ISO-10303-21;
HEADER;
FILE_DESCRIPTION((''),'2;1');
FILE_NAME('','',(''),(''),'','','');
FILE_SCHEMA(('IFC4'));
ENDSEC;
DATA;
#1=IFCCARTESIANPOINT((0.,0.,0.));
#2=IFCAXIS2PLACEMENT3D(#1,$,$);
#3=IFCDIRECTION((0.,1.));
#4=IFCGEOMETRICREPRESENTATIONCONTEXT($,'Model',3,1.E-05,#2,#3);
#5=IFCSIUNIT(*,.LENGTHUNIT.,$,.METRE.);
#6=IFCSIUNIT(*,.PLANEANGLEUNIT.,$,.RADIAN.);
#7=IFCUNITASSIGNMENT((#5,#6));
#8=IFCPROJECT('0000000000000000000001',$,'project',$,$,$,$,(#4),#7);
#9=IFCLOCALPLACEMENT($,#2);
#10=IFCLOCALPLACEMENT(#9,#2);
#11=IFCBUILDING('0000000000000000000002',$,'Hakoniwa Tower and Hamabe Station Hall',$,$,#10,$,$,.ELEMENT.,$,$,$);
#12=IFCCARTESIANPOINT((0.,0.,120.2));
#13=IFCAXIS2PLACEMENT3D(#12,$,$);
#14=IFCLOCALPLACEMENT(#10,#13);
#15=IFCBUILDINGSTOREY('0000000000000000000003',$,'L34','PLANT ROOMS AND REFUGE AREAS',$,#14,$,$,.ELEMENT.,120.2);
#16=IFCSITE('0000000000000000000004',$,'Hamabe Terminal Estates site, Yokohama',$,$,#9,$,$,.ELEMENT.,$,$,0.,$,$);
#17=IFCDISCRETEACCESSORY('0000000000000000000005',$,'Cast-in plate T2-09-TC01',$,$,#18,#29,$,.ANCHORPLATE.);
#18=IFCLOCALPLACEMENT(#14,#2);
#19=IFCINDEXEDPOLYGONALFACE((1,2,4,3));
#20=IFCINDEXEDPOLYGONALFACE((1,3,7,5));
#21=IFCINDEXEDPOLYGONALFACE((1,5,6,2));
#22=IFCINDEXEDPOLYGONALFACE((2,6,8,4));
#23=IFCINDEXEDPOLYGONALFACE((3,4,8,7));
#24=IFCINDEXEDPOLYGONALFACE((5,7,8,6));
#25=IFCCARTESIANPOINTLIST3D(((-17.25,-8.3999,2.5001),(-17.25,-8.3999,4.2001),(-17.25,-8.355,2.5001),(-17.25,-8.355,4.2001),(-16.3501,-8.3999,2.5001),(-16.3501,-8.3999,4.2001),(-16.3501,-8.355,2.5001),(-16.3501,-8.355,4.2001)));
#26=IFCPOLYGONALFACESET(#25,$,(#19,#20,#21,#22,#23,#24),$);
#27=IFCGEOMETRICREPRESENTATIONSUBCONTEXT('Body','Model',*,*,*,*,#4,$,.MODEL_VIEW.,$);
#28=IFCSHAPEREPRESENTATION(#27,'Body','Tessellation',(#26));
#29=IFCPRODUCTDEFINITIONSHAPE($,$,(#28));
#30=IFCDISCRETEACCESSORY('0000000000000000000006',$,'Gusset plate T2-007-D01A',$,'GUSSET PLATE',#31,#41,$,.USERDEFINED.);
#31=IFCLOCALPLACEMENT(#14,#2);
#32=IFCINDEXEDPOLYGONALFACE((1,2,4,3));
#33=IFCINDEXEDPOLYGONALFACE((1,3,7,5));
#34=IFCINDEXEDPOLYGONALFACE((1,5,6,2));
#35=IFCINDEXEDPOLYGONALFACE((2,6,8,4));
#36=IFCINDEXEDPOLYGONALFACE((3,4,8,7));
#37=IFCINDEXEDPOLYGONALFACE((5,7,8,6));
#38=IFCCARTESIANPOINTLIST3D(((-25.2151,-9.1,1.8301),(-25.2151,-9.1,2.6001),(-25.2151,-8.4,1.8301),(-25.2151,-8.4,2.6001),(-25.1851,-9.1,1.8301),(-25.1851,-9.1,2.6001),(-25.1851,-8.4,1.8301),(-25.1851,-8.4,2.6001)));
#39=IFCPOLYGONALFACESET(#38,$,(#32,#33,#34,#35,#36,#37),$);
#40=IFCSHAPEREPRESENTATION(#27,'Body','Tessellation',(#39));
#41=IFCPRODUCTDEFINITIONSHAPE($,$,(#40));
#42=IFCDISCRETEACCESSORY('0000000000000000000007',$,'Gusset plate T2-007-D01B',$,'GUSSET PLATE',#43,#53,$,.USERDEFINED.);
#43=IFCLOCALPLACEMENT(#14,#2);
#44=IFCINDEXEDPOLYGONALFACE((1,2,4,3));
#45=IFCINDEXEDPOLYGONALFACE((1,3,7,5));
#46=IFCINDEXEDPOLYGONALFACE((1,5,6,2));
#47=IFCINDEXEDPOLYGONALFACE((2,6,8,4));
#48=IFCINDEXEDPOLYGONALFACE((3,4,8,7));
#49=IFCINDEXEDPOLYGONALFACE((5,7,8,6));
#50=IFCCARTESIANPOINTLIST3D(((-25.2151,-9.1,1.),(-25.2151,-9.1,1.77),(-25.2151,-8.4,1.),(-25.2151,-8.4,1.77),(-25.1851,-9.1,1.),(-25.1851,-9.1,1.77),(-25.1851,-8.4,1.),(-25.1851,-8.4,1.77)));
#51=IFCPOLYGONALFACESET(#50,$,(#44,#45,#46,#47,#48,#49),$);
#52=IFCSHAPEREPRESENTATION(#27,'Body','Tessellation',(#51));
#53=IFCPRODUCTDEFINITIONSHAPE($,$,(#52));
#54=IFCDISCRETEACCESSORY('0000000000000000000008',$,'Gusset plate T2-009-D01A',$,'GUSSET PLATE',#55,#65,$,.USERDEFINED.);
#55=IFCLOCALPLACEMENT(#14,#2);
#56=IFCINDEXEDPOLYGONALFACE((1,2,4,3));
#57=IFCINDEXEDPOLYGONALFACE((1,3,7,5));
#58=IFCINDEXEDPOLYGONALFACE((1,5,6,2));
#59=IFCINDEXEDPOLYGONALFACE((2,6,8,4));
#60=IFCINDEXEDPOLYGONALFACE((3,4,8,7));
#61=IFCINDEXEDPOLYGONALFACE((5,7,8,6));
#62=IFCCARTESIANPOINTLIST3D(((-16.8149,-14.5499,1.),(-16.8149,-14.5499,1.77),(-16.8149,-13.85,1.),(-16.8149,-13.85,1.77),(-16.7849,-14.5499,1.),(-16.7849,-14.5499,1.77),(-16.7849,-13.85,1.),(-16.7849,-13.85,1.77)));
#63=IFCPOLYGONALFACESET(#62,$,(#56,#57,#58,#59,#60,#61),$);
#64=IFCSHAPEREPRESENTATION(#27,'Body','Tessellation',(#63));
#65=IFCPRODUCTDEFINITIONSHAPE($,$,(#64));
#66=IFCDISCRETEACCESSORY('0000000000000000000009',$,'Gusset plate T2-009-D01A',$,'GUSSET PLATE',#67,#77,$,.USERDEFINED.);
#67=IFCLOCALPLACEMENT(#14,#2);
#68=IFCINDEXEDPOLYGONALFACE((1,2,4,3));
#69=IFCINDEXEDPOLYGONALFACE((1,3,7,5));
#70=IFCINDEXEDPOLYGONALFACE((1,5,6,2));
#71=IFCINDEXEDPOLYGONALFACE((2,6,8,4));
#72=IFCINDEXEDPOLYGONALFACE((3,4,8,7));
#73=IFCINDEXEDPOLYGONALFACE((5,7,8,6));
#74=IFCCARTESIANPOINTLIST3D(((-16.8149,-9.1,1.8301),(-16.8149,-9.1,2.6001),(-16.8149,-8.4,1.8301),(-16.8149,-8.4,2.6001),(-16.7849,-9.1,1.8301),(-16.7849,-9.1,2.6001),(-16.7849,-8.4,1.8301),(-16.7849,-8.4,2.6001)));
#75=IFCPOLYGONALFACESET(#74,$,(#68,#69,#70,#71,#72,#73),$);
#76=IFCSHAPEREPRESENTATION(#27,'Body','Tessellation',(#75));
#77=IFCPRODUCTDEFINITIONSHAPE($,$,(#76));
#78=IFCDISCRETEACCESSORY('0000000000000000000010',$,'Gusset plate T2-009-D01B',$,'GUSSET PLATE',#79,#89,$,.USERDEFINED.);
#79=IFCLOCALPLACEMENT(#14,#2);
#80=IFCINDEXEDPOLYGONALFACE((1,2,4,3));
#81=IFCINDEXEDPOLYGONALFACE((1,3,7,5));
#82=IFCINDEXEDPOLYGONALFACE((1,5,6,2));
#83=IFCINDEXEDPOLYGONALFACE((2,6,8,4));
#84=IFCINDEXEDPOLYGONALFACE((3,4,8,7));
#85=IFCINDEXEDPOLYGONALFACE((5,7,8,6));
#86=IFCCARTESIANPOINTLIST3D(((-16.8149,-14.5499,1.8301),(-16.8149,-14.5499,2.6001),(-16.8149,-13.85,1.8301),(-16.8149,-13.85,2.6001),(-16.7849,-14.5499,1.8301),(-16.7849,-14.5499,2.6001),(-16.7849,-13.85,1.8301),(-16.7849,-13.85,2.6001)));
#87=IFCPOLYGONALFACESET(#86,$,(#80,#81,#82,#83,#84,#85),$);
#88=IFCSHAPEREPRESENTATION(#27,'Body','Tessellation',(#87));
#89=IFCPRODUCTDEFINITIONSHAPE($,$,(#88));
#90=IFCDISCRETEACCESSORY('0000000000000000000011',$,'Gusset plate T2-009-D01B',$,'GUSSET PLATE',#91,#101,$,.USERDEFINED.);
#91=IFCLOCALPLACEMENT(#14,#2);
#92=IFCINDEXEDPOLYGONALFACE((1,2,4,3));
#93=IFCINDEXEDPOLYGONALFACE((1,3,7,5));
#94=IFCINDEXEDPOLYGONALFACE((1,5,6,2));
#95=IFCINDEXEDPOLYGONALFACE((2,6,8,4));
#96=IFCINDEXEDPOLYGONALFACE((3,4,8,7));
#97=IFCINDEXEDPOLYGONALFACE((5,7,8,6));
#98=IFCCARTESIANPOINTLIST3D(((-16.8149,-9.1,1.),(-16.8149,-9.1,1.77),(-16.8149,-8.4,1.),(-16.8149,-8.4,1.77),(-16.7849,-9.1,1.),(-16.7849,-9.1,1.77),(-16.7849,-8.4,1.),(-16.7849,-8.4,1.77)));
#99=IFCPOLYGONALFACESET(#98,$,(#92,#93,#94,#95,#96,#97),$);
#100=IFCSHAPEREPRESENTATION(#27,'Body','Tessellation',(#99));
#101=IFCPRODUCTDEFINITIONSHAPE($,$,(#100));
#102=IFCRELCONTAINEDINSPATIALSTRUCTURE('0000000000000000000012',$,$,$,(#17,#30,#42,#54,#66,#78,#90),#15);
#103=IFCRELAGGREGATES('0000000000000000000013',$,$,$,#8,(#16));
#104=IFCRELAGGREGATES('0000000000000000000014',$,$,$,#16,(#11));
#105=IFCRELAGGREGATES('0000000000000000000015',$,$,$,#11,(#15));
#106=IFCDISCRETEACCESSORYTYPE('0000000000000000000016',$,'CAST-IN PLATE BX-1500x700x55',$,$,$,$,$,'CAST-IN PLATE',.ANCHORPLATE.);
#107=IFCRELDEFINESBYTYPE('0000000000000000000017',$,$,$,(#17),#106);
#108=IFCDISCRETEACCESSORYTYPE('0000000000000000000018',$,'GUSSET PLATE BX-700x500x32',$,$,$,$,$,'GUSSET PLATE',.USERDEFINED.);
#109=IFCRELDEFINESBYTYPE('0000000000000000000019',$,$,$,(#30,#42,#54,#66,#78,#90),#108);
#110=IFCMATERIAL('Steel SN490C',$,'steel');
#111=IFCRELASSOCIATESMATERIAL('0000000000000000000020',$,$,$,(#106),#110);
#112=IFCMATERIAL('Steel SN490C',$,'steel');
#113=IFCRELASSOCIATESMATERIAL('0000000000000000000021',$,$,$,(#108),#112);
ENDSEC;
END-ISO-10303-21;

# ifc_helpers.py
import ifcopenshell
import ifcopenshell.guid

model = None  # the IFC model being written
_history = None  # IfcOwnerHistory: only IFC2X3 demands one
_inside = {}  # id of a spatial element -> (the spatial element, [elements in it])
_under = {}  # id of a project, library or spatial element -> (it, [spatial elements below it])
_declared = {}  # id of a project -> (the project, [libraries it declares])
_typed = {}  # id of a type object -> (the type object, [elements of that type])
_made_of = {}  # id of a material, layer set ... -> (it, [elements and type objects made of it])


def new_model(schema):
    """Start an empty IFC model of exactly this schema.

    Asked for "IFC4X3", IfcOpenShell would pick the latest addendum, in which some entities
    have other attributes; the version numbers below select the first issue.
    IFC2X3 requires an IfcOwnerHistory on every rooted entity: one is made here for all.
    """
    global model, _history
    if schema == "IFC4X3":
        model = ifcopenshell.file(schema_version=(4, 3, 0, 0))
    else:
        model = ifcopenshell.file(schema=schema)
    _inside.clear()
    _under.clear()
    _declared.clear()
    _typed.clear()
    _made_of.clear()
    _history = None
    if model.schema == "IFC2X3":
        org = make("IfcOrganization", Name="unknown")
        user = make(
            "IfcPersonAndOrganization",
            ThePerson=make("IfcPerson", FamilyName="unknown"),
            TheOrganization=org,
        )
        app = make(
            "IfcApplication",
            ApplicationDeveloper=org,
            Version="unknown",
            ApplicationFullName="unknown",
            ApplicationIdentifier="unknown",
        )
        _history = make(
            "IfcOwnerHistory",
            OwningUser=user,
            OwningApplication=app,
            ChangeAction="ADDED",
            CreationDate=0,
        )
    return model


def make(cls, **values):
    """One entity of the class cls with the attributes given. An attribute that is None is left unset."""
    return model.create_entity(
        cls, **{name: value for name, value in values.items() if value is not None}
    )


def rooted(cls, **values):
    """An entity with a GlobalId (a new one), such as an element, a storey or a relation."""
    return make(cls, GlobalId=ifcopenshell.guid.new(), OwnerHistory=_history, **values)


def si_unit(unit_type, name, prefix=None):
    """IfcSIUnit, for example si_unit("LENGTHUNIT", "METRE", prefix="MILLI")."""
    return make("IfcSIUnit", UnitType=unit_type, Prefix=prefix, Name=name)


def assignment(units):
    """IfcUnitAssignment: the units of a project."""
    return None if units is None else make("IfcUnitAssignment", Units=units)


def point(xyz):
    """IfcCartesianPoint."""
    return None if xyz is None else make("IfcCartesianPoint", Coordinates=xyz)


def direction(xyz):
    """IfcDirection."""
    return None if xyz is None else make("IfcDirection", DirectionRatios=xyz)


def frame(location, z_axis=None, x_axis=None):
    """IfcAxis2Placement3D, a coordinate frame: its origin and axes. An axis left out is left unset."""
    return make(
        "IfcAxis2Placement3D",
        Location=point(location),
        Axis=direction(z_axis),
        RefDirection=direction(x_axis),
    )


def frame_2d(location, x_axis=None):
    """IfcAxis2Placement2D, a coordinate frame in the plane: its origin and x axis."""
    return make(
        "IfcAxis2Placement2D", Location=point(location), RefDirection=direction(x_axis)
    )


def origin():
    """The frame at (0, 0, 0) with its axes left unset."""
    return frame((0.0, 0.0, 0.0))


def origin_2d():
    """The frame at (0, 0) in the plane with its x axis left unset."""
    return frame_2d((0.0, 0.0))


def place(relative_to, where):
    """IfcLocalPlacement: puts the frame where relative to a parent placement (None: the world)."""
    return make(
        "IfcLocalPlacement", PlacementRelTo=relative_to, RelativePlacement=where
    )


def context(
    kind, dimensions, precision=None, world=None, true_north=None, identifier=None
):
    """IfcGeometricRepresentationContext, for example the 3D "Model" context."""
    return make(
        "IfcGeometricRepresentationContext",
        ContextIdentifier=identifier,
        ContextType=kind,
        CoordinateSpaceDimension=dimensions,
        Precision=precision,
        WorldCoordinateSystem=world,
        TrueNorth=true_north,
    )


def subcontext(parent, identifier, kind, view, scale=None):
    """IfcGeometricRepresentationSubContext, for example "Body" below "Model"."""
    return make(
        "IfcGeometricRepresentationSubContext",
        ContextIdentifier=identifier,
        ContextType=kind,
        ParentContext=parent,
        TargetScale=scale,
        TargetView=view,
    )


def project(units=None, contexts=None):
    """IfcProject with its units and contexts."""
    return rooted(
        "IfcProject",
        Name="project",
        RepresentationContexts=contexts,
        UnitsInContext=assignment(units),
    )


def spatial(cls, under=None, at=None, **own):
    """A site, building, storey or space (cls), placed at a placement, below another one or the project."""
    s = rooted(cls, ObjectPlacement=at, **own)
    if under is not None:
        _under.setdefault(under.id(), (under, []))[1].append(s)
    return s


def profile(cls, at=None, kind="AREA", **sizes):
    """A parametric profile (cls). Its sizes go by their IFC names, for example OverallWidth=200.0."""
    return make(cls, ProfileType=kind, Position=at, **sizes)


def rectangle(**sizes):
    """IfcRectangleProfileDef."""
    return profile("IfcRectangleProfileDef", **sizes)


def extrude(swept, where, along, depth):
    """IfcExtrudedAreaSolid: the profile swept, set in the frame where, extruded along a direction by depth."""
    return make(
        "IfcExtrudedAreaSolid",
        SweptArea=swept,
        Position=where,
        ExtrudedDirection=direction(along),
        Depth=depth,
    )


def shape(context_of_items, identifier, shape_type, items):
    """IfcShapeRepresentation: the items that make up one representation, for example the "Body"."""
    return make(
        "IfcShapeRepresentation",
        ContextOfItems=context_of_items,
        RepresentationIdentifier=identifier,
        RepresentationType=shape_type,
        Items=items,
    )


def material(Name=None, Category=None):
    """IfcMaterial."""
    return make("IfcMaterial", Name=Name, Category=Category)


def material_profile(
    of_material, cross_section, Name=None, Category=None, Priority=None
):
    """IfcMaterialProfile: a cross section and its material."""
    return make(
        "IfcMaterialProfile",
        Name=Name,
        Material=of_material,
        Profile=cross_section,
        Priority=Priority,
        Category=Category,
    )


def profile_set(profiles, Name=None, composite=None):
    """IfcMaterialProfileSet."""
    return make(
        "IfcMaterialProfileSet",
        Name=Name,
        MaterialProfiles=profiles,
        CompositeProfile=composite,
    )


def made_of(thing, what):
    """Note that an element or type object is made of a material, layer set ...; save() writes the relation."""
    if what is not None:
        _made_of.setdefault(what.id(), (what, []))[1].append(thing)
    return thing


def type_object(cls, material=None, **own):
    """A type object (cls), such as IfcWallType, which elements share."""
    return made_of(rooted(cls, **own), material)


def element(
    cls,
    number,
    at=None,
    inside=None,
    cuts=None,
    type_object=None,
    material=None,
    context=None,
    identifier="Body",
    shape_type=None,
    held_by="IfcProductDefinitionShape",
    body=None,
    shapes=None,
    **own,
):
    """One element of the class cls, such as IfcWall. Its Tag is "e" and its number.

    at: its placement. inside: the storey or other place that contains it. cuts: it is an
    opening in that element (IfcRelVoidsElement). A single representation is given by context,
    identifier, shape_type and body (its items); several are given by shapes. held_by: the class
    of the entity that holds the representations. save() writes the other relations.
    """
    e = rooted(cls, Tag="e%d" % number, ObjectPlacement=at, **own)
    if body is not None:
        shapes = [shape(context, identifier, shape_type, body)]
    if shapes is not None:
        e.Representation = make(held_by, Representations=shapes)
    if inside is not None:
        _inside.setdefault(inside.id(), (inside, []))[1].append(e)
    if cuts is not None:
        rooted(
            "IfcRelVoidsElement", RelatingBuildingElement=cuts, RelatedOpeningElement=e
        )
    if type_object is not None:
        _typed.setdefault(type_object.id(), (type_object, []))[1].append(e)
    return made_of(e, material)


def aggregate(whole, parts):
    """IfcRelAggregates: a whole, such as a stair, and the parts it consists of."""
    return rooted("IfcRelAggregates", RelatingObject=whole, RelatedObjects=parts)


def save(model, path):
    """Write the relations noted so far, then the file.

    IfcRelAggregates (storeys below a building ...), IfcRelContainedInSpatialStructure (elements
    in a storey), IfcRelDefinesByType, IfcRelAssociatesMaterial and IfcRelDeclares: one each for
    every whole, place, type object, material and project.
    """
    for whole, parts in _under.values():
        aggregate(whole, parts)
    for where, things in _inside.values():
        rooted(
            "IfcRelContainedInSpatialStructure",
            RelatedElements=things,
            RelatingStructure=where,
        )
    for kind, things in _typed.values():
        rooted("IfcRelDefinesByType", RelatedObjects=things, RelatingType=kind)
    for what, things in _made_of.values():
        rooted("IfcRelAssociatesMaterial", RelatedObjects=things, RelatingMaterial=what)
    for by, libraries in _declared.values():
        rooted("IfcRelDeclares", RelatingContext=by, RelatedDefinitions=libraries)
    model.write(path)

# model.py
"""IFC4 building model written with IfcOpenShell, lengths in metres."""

from ifc_helpers import new_model, si_unit, direction, frame, origin, origin_2d, place, context, subcontext, project, spatial, rectangle, extrude, material, material_profile, profile_set, type_object, element, save


model = new_model("IFC4")

# Units and contexts
model_context = context("Model", 3, precision=1e-05, world=origin(), true_north=direction((0.0, 1.0)))
body_context = subcontext(model_context, "Body", "Model", "MODEL_VIEW")
ifc_project = project(units=[si_unit("LENGTHUNIT", "METRE"), si_unit("PLANEANGLEUNIT", "RADIAN")], contexts=[model_context])

# Site, building, storey
site_placement = place(None, origin())
site = spatial("IfcSite", under=ifc_project, at=site_placement, Name="Hamabe Terminal Estates site, Yokohama", CompositionType="ELEMENT", RefElevation=0.0)
building_placement = place(site_placement, origin())
building = spatial("IfcBuilding", under=site, at=building_placement, Name="Hakoniwa Tower and Hamabe Station Hall", CompositionType="ELEMENT")
storey_placement = place(building_placement, frame((0.0, 0.0, 120.2)))
storey = spatial("IfcBuildingStorey", under=building, at=storey_placement, Name="L34", Description="PLANT ROOMS AND REFUGE AREAS", CompositionType="ELEMENT", Elevation=120.2)

# Discrete accessories
ifc_material_1 = material(Name="Steel SN490C", Category="steel")
ifc_material_profile_1 = material_profile(ifc_material_1, rectangle(XDim=0.8999, YDim=1.7, at=origin_2d()), Name="CAST-IN PLATE BX-1500x700x55")
ifc_profile_set_1 = profile_set([ifc_material_profile_1], Name="Steel SN490C")
discrete_accessory_type_1 = type_object("IfcDiscreteAccessoryType", Name="CAST-IN PLATE BX-1500x700x55", ElementType="CAST-IN PLATE", PredefinedType="ANCHORPLATE", material=ifc_profile_set_1)
for number, where, z_axis, x_axis, name in (
    (1, (-16.8, -8.355, 3.3501), (0.0, -1.0, 0.0), (1.0, 0.0, 0.0), "Cast-in plate T2-09-TC01"),
):
    element("IfcDiscreteAccessory", number, at=place(storey_placement, frame(where, z_axis=z_axis, x_axis=x_axis)), inside=storey, type_object=discrete_accessory_type_1, Name=name, PredefinedType="ANCHORPLATE", context=body_context, shape_type="SweptSolid", body=[
        extrude(rectangle(XDim=0.8999, YDim=1.7, at=origin_2d()), origin(), (0.0, 0.0, 1.0), 0.0449),
    ])
ifc_material_2 = material(Name="Steel SN490C", Category="steel")
ifc_material_profile_2 = material_profile(ifc_material_2, rectangle(XDim=0.7, YDim=0.77, at=origin_2d()), Name="GUSSET PLATE BX-700x500x32")
ifc_profile_set_2 = profile_set([ifc_material_profile_2], Name="Steel SN490C")
discrete_accessory_type_2 = type_object("IfcDiscreteAccessoryType", Name="GUSSET PLATE BX-700x500x32", ElementType="GUSSET PLATE", PredefinedType="USERDEFINED", material=ifc_profile_set_2)
for number, where, z_axis, x_axis, name in (
    (2, (-25.1851, -8.75, 2.2151), (-1.0, 0.0, 0.0), (0.0, -1.0, 0.0), "Gusset plate T2-007-D01A"),
    (3, (-25.1851, -8.75, 1.385), (-1.0, 0.0, 0.0), (0.0, -1.0, 0.0), "Gusset plate T2-007-D01B"),
    (4, (-16.7849, -14.2, 1.385), (-1.0, 0.0, 0.0), (0.0, -1.0, 0.0), "Gusset plate T2-009-D01A"),
    (5, (-16.7849, -8.75, 2.2151), (-1.0, 0.0, 0.0), (0.0, -1.0, 0.0), "Gusset plate T2-009-D01A"),
    (6, (-16.7849, -14.2, 2.2151), (-1.0, 0.0, 0.0), (0.0, -1.0, 0.0), "Gusset plate T2-009-D01B"),
    (7, (-16.7849, -8.75, 1.385), (-1.0, 0.0, 0.0), (0.0, -1.0, 0.0), "Gusset plate T2-009-D01B"),
):
    element("IfcDiscreteAccessory", number, at=place(storey_placement, frame(where, z_axis=z_axis, x_axis=x_axis)), inside=storey, type_object=discrete_accessory_type_2, Name=name, ObjectType="GUSSET PLATE", PredefinedType="USERDEFINED", context=body_context, shape_type="SweptSolid", body=[
        extrude(rectangle(XDim=0.7, YDim=0.77, at=origin_2d()), origin(), (0.0, 0.0, 1.0), 0.03),
    ])

save(model, "model.ifc")
